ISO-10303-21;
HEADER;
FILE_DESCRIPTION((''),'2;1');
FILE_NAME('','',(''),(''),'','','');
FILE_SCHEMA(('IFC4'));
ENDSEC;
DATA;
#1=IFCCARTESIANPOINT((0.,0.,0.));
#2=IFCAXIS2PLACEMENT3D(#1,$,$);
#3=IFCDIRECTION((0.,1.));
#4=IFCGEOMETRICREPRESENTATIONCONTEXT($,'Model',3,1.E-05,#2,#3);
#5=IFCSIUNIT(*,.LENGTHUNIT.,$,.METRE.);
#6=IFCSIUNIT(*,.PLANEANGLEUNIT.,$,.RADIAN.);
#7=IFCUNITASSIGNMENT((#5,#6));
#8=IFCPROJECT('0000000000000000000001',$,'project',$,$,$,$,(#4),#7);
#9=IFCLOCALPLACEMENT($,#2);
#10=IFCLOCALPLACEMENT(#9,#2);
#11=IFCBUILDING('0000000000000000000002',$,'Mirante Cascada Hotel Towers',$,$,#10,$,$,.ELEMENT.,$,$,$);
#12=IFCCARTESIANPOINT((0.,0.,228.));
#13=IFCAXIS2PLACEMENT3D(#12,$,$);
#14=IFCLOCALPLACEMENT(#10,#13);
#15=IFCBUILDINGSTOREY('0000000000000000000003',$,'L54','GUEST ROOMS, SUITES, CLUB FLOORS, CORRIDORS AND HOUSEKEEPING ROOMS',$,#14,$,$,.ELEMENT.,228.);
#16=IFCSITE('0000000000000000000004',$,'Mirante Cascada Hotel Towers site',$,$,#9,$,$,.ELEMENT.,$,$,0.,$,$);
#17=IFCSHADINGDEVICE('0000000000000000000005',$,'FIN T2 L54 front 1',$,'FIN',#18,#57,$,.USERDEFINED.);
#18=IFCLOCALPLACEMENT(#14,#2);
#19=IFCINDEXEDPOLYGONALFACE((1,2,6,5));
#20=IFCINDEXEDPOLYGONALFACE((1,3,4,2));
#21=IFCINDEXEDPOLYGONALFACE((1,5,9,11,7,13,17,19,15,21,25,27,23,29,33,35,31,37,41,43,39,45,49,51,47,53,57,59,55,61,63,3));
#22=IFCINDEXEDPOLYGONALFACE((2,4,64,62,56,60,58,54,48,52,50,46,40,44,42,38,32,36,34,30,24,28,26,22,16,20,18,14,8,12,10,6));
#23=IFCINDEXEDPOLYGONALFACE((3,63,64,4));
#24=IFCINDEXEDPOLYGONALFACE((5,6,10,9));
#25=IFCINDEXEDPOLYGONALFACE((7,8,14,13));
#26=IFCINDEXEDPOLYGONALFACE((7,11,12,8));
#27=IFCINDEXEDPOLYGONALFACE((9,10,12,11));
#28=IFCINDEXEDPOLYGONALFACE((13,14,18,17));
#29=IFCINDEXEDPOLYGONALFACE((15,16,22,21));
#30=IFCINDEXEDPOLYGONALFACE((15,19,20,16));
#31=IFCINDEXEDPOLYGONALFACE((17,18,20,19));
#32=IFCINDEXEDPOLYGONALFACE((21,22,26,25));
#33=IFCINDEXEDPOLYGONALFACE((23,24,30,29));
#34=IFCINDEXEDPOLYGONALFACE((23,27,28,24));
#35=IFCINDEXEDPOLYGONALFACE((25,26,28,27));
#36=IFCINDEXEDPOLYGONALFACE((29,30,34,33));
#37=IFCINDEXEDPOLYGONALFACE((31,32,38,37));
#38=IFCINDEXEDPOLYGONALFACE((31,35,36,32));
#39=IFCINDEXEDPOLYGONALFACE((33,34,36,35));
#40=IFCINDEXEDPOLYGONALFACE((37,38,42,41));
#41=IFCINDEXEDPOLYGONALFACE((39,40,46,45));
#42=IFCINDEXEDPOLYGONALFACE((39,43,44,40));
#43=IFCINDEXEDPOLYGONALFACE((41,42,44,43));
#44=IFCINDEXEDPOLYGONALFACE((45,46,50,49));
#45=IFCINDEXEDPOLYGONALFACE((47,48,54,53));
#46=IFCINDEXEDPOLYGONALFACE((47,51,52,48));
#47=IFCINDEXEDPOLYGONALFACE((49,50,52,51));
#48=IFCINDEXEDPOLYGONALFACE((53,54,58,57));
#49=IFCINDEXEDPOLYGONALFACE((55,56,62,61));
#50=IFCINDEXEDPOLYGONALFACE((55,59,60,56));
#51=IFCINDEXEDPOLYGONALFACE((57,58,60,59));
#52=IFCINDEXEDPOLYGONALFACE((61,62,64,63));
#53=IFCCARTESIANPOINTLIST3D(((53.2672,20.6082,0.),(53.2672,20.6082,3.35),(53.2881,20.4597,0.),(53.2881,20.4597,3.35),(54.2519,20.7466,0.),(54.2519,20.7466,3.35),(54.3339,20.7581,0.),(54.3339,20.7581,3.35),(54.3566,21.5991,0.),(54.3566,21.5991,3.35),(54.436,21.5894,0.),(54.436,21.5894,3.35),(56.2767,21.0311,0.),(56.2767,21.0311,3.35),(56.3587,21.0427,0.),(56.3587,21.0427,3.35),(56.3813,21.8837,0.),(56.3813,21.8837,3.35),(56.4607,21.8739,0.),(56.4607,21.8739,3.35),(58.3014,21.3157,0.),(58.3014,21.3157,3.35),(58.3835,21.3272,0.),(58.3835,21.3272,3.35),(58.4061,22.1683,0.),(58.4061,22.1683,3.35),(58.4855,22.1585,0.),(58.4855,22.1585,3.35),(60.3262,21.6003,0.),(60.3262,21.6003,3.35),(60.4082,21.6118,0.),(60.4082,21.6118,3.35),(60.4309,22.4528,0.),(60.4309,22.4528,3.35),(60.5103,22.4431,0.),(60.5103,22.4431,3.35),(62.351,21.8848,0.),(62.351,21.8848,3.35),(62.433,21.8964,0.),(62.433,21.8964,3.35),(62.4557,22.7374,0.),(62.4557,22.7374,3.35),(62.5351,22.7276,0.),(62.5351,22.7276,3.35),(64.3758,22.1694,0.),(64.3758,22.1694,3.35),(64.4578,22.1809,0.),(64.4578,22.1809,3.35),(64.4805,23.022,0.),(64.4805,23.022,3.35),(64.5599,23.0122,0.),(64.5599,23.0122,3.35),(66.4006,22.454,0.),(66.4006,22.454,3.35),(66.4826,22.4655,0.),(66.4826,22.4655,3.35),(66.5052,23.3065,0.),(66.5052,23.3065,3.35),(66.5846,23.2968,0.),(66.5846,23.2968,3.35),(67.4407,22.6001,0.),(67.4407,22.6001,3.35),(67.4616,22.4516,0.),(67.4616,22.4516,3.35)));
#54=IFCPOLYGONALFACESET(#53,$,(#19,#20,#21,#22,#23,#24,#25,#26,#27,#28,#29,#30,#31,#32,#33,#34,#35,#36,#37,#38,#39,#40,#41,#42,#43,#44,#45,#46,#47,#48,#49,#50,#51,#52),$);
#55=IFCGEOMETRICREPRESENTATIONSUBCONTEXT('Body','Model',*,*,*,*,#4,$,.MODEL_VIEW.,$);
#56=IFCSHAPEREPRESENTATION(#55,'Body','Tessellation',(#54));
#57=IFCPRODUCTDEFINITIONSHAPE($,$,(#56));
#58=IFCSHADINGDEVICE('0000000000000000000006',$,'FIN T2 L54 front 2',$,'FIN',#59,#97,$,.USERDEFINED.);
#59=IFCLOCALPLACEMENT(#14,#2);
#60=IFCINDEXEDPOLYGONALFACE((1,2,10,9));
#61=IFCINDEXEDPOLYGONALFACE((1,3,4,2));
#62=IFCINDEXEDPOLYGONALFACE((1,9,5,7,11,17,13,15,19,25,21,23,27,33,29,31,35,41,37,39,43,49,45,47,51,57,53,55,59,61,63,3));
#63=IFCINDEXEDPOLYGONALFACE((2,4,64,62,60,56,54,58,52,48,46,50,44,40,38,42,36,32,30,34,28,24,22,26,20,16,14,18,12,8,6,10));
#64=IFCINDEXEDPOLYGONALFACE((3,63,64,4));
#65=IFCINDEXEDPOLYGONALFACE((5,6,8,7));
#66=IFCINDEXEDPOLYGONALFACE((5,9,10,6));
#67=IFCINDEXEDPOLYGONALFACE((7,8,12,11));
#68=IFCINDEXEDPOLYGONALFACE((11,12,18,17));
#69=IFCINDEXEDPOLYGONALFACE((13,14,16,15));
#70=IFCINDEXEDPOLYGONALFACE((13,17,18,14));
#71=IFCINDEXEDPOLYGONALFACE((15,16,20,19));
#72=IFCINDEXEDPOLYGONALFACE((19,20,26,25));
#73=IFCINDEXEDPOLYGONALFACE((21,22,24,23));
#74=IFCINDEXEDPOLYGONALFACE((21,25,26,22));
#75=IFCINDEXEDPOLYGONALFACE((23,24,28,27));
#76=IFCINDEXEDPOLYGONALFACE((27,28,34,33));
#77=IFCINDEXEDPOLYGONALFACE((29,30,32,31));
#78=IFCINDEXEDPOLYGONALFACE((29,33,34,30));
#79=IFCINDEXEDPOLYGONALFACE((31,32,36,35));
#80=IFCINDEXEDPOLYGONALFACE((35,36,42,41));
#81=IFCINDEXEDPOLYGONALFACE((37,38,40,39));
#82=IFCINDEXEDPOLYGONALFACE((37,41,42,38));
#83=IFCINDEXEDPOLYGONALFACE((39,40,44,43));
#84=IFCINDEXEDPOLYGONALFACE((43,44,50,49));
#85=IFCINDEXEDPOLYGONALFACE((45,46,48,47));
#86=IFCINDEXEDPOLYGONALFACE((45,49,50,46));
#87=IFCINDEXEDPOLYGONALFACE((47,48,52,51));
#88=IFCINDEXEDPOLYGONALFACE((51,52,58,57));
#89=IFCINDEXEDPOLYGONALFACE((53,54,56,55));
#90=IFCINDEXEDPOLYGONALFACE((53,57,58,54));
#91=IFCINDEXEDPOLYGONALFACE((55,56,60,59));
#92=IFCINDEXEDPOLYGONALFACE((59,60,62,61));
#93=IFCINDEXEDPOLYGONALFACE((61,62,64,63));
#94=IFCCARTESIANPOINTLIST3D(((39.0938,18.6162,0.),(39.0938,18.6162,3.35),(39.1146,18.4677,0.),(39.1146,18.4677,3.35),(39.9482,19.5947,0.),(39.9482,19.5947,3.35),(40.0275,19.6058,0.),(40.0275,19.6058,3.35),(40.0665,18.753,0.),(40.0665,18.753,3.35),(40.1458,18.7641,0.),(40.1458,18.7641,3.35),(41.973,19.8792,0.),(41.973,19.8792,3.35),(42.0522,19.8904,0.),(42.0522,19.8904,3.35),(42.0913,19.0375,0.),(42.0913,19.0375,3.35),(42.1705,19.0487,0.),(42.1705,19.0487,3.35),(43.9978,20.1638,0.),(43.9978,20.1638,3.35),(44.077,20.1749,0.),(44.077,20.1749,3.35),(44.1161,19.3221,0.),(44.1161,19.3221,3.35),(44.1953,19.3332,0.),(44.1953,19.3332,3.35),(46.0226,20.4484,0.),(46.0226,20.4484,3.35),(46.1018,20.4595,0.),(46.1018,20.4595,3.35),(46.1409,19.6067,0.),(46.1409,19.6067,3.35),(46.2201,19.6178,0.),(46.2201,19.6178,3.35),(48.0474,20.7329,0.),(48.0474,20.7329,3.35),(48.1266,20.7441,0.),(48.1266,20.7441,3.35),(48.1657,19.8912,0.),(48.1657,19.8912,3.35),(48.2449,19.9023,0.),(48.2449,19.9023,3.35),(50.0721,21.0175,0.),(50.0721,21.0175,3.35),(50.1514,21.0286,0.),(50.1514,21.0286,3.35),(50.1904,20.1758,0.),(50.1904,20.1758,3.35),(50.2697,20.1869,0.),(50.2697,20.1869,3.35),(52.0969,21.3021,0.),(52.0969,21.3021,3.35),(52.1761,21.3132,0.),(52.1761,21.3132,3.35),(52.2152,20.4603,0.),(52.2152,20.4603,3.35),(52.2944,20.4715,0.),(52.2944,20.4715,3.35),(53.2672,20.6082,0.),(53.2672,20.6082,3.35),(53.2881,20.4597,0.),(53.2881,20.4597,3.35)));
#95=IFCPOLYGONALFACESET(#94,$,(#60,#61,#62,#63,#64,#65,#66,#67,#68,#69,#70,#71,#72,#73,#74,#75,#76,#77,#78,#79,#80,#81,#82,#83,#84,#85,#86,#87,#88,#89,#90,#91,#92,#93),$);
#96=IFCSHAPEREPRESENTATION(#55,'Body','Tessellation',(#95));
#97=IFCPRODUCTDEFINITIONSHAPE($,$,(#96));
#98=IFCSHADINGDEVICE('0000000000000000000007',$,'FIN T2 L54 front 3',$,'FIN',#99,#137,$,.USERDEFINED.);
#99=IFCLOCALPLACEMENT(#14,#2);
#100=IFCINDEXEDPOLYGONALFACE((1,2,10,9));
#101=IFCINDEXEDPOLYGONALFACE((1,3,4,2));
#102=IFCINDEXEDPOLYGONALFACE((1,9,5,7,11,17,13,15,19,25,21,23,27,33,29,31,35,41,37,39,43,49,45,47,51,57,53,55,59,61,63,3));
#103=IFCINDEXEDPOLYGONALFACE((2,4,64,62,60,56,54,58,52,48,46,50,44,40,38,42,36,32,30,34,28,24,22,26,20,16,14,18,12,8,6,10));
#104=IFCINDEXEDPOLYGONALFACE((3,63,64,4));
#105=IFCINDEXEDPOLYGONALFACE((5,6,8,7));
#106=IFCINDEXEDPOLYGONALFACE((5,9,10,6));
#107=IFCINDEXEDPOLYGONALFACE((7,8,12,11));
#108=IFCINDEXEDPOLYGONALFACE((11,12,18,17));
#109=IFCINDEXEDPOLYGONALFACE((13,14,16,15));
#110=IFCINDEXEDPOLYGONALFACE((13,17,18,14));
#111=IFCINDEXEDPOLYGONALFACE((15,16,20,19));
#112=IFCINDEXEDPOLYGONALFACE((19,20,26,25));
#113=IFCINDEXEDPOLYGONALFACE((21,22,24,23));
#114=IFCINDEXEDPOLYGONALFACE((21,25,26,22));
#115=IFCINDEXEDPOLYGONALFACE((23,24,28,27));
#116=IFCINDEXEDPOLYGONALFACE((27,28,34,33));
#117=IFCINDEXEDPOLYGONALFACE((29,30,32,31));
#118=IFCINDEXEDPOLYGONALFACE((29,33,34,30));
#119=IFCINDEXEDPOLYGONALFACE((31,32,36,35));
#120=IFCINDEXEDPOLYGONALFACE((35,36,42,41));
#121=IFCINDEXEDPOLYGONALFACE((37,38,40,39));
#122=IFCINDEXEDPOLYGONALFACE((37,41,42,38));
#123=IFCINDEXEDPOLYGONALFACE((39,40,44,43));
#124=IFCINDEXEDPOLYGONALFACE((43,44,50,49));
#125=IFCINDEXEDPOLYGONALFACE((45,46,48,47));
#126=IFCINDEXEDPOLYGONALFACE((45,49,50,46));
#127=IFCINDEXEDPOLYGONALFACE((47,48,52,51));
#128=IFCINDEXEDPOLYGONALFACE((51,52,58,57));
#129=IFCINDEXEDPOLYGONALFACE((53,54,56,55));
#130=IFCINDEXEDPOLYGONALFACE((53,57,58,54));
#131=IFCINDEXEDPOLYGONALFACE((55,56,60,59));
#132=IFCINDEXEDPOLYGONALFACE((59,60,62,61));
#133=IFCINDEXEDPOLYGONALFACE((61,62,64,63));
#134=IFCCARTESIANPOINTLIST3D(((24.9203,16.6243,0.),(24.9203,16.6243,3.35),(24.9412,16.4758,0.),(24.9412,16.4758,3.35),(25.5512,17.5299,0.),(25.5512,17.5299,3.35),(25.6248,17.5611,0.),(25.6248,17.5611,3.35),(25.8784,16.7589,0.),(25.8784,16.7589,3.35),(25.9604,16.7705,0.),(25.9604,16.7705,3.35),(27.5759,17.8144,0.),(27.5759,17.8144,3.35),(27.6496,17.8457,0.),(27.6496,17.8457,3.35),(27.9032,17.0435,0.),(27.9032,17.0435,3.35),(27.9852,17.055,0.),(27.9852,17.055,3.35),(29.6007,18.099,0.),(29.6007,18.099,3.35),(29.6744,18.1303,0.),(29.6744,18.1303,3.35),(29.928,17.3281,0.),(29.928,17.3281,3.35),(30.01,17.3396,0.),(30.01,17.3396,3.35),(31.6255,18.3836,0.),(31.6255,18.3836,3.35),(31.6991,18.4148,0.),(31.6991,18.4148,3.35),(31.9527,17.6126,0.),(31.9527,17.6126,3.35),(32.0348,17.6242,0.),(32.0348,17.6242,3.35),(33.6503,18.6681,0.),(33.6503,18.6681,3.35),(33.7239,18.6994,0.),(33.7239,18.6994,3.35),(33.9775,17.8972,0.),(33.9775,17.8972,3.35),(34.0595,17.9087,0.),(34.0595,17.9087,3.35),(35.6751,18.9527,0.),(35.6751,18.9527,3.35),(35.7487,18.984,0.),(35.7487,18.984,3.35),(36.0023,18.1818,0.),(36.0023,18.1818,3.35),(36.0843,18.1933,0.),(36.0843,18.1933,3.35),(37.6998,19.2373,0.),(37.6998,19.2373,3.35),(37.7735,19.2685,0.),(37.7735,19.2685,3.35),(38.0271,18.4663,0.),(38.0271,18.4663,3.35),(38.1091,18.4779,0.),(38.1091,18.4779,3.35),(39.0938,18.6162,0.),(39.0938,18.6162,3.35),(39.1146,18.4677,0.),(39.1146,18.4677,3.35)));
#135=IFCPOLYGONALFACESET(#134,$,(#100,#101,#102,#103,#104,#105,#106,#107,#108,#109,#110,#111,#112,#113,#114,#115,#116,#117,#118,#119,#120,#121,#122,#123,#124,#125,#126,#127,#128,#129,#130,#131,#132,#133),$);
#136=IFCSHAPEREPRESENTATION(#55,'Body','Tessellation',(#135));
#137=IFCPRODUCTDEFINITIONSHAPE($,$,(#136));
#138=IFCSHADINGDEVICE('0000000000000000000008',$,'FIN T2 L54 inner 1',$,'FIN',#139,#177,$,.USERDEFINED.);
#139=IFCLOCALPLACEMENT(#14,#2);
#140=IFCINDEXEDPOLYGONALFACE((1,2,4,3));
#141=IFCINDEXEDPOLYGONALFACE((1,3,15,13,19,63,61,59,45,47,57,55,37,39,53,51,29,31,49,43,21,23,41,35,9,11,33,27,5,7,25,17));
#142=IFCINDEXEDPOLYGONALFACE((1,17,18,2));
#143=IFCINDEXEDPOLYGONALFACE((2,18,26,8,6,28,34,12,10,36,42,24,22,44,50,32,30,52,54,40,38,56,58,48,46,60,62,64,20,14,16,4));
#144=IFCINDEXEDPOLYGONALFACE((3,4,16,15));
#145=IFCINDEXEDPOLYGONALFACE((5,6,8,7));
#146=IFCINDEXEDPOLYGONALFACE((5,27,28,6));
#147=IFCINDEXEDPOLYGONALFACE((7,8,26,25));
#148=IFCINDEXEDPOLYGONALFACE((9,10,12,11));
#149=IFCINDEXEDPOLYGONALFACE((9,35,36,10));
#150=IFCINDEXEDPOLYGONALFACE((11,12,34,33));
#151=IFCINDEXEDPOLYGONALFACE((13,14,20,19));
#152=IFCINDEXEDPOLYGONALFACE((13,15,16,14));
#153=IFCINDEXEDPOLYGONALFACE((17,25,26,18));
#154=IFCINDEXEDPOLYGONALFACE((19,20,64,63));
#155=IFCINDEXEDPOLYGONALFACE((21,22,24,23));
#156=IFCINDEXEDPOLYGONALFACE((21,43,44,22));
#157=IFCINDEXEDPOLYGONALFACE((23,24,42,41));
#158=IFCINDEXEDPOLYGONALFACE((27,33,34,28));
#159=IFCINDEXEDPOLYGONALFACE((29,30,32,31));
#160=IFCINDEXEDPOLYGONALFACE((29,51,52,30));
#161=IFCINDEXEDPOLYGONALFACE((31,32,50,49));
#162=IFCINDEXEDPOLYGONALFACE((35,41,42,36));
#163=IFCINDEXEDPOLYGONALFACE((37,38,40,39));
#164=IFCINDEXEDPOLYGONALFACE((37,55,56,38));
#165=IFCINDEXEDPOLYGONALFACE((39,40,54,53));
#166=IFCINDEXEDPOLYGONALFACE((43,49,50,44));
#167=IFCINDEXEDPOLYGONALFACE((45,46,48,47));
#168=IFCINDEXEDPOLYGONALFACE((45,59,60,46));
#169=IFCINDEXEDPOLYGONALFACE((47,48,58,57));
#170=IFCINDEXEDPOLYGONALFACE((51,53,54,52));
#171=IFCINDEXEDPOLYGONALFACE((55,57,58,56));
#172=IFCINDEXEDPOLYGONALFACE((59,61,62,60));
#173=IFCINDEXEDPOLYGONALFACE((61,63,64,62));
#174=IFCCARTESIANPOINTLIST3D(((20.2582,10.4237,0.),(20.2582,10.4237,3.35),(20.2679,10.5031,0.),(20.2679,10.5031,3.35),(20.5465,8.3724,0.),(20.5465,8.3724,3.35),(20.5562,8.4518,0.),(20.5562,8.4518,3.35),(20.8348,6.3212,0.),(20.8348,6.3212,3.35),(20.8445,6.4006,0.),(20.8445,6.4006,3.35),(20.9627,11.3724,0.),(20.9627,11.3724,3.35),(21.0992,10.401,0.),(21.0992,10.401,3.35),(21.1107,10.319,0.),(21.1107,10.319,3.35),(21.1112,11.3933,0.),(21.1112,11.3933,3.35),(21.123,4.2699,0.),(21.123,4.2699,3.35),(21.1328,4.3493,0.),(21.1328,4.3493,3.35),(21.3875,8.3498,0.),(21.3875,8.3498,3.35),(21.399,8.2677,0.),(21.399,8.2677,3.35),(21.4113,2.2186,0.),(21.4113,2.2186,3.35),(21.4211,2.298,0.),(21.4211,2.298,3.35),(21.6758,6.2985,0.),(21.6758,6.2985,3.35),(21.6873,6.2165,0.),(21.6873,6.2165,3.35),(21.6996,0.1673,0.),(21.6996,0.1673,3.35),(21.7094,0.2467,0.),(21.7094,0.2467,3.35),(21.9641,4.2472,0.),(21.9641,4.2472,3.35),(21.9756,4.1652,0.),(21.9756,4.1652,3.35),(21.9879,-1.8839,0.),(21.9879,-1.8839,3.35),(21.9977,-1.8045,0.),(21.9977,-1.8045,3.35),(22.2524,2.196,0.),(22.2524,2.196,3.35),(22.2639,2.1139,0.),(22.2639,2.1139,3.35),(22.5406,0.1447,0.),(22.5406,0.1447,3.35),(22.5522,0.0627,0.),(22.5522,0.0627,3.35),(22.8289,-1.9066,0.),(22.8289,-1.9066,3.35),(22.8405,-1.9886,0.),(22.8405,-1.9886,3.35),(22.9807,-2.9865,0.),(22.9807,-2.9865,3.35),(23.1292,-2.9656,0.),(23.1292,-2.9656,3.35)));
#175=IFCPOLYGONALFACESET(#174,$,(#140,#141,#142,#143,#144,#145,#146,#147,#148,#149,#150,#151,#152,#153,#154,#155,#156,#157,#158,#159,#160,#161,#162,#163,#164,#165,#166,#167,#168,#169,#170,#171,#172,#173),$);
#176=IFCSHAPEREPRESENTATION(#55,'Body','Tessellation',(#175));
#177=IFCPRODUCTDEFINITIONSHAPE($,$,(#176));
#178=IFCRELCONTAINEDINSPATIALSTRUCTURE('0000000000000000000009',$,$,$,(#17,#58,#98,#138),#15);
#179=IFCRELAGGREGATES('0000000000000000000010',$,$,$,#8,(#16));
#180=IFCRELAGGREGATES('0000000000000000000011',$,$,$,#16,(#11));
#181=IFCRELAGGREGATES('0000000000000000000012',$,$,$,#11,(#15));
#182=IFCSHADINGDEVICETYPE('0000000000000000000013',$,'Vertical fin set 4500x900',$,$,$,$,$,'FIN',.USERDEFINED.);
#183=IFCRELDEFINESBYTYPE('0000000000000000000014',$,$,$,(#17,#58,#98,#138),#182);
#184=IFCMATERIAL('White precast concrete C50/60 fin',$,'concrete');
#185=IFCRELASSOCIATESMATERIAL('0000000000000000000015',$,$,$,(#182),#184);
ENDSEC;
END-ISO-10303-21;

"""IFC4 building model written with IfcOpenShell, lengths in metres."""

from ifc_helpers import new_model, si_unit, direction, frame, origin, place, context, subcontext, project, spatial, polyline, outline, extrude, material, type_object, element, save


model = new_model("IFC4")

# Units and contexts
model_context = context("Model", 3, precision=1e-05, world=origin(), true_north=direction((0.0, 1.0)))
body_context = subcontext(model_context, "Body", "Model", "MODEL_VIEW")
ifc_project = project(units=[si_unit("LENGTHUNIT", "METRE"), si_unit("PLANEANGLEUNIT", "RADIAN")], contexts=[model_context])

# Site, building, storey
site_placement = place(None, origin())
site = spatial("IfcSite", under=ifc_project, at=site_placement, Name="Mirante Cascada Hotel Towers site", CompositionType="ELEMENT", RefElevation=0.0)
building_placement = place(site_placement, origin())
building = spatial("IfcBuilding", under=site, at=building_placement, Name="Mirante Cascada Hotel Towers", CompositionType="ELEMENT")
storey_placement = place(building_placement, frame((0.0, 0.0, 228.0)))
storey = spatial("IfcBuildingStorey", under=building, at=storey_placement, Name="L54", Description="GUEST ROOMS, SUITES, CLUB FLOORS, CORRIDORS AND HOUSEKEEPING ROOMS", CompositionType="ELEMENT", Elevation=228.0)

# Shading devices
ifc_material_1 = material(Name="White precast concrete C50/60 fin", Category="concrete")
shading_device_type = type_object("IfcShadingDeviceType", Name="Vertical fin set 4500x900", ElementType="FIN", PredefinedType="USERDEFINED", material=ifc_material_1)
shading_device_1_placement = place(storey_placement, origin())
element("IfcShadingDevice", 1, at=shading_device_1_placement, inside=storey, type_object=shading_device_type, Name="FIN T2 L54 front 1", ObjectType="FIN", PredefinedType="USERDEFINED", context=body_context, shape_type="SweptSolid", body=[
    extrude(outline(polyline([(54.436, 21.5894), (54.3339, 20.7581), (56.2767, 21.0311), (56.3813, 21.8837), (56.4607, 21.8739), (56.3587, 21.0427), (58.3014, 21.3157), (58.4061, 22.1683), (58.4855, 22.1585), (58.3835, 21.3272), (60.3262, 21.6003), (60.4309, 22.4528), (60.5103, 22.4431), (60.4082, 21.6118), (62.351, 21.8848), (62.4557, 22.7374), (62.5351, 22.7276), (62.433, 21.8964), (64.3758, 22.1694), (64.4805, 23.022), (64.5599, 23.0122), (64.4578, 22.1809), (66.4006, 22.454), (66.5052, 23.3065), (66.5846, 23.2968), (66.4826, 22.4655), (67.4407, 22.6001), (67.4616, 22.4516), (53.2881, 20.4597), (53.2672, 20.6082), (54.2519, 20.7466), (54.3566, 21.5991), (54.436, 21.5894)])), origin(), (0.0, 0.0, 1.0), 3.35),
])
shading_device_2_placement = place(storey_placement, origin())
element("IfcShadingDevice", 2, at=shading_device_2_placement, inside=storey, type_object=shading_device_type, Name="FIN T2 L54 front 2", ObjectType="FIN", PredefinedType="USERDEFINED", context=body_context, shape_type="SweptSolid", body=[
    extrude(outline(polyline([(40.0275, 19.6058), (40.1458, 18.7641), (42.0913, 19.0375), (41.973, 19.8792), (42.0522, 19.8904), (42.1705, 19.0487), (44.1161, 19.3221), (43.9978, 20.1638), (44.077, 20.1749), (44.1953, 19.3332), (46.1409, 19.6067), (46.0226, 20.4484), (46.1018, 20.4595), (46.2201, 19.6178), (48.1657, 19.8912), (48.0474, 20.7329), (48.1266, 20.7441), (48.2449, 19.9023), (50.1904, 20.1758), (50.0721, 21.0175), (50.1514, 21.0286), (50.2697, 20.1869), (52.2152, 20.4603), (52.0969, 21.3021), (52.1761, 21.3132), (52.2944, 20.4715), (53.2672, 20.6082), (53.2881, 20.4597), (39.1146, 18.4677), (39.0938, 18.6162), (40.0665, 18.753), (39.9482, 19.5947), (40.0275, 19.6058)])), origin(), (0.0, 0.0, 1.0), 3.35),
])
shading_device_3_placement = place(storey_placement, origin())
element("IfcShadingDevice", 3, at=shading_device_3_placement, inside=storey, type_object=shading_device_type, Name="FIN T2 L54 front 3", ObjectType="FIN", PredefinedType="USERDEFINED", context=body_context, shape_type="SweptSolid", body=[
    extrude(outline(polyline([(25.6248, 17.5611), (25.9604, 16.7705), (27.9032, 17.0435), (27.5759, 17.8144), (27.6496, 17.8457), (27.9852, 17.055), (29.928, 17.3281), (29.6007, 18.099), (29.6744, 18.1303), (30.01, 17.3396), (31.9527, 17.6126), (31.6255, 18.3836), (31.6991, 18.4148), (32.0348, 17.6242), (33.9775, 17.8972), (33.6503, 18.6681), (33.7239, 18.6994), (34.0595, 17.9087), (36.0023, 18.1818), (35.6751, 18.9527), (35.7487, 18.984), (36.0843, 18.1933), (38.0271, 18.4663), (37.6998, 19.2373), (37.7735, 19.2685), (38.1091, 18.4779), (39.0938, 18.6162), (39.1146, 18.4677), (24.9412, 16.4758), (24.9203, 16.6243), (25.8784, 16.7589), (25.5512, 17.5299), (25.6248, 17.5611)])), origin(), (0.0, 0.0, 1.0), 3.35),
])
shading_device_4_placement = place(storey_placement, origin())
element("IfcShadingDevice", 4, at=shading_device_4_placement, inside=storey, type_object=shading_device_type, Name="FIN T2 L54 inner 1", ObjectType="FIN", PredefinedType="USERDEFINED", context=body_context, shape_type="SweptSolid", body=[
    extrude(outline(polyline([(21.9977, -1.8045), (22.8289, -1.9066), (22.5522, 0.0627), (21.6996, 0.1673), (21.7094, 0.2467), (22.5406, 0.1447), (22.2639, 2.1139), (21.4113, 2.2186), (21.4211, 2.298), (22.2524, 2.196), (21.9756, 4.1652), (21.123, 4.2699), (21.1328, 4.3493), (21.9641, 4.2472), (21.6873, 6.2165), (20.8348, 6.3212), (20.8445, 6.4006), (21.6758, 6.2985), (21.399, 8.2677), (20.5465, 8.3724), (20.5562, 8.4518), (21.3875, 8.3498), (21.1107, 10.319), (20.2582, 10.4237), (20.2679, 10.5031), (21.0992, 10.401), (20.9627, 11.3724), (21.1112, 11.3933), (23.1292, -2.9656), (22.9807, -2.9865), (22.8405, -1.9886), (21.9879, -1.8839), (21.9977, -1.8045)])), origin(), (0.0, 0.0, 1.0), 3.35),
])

save(model, "model.ifc")
